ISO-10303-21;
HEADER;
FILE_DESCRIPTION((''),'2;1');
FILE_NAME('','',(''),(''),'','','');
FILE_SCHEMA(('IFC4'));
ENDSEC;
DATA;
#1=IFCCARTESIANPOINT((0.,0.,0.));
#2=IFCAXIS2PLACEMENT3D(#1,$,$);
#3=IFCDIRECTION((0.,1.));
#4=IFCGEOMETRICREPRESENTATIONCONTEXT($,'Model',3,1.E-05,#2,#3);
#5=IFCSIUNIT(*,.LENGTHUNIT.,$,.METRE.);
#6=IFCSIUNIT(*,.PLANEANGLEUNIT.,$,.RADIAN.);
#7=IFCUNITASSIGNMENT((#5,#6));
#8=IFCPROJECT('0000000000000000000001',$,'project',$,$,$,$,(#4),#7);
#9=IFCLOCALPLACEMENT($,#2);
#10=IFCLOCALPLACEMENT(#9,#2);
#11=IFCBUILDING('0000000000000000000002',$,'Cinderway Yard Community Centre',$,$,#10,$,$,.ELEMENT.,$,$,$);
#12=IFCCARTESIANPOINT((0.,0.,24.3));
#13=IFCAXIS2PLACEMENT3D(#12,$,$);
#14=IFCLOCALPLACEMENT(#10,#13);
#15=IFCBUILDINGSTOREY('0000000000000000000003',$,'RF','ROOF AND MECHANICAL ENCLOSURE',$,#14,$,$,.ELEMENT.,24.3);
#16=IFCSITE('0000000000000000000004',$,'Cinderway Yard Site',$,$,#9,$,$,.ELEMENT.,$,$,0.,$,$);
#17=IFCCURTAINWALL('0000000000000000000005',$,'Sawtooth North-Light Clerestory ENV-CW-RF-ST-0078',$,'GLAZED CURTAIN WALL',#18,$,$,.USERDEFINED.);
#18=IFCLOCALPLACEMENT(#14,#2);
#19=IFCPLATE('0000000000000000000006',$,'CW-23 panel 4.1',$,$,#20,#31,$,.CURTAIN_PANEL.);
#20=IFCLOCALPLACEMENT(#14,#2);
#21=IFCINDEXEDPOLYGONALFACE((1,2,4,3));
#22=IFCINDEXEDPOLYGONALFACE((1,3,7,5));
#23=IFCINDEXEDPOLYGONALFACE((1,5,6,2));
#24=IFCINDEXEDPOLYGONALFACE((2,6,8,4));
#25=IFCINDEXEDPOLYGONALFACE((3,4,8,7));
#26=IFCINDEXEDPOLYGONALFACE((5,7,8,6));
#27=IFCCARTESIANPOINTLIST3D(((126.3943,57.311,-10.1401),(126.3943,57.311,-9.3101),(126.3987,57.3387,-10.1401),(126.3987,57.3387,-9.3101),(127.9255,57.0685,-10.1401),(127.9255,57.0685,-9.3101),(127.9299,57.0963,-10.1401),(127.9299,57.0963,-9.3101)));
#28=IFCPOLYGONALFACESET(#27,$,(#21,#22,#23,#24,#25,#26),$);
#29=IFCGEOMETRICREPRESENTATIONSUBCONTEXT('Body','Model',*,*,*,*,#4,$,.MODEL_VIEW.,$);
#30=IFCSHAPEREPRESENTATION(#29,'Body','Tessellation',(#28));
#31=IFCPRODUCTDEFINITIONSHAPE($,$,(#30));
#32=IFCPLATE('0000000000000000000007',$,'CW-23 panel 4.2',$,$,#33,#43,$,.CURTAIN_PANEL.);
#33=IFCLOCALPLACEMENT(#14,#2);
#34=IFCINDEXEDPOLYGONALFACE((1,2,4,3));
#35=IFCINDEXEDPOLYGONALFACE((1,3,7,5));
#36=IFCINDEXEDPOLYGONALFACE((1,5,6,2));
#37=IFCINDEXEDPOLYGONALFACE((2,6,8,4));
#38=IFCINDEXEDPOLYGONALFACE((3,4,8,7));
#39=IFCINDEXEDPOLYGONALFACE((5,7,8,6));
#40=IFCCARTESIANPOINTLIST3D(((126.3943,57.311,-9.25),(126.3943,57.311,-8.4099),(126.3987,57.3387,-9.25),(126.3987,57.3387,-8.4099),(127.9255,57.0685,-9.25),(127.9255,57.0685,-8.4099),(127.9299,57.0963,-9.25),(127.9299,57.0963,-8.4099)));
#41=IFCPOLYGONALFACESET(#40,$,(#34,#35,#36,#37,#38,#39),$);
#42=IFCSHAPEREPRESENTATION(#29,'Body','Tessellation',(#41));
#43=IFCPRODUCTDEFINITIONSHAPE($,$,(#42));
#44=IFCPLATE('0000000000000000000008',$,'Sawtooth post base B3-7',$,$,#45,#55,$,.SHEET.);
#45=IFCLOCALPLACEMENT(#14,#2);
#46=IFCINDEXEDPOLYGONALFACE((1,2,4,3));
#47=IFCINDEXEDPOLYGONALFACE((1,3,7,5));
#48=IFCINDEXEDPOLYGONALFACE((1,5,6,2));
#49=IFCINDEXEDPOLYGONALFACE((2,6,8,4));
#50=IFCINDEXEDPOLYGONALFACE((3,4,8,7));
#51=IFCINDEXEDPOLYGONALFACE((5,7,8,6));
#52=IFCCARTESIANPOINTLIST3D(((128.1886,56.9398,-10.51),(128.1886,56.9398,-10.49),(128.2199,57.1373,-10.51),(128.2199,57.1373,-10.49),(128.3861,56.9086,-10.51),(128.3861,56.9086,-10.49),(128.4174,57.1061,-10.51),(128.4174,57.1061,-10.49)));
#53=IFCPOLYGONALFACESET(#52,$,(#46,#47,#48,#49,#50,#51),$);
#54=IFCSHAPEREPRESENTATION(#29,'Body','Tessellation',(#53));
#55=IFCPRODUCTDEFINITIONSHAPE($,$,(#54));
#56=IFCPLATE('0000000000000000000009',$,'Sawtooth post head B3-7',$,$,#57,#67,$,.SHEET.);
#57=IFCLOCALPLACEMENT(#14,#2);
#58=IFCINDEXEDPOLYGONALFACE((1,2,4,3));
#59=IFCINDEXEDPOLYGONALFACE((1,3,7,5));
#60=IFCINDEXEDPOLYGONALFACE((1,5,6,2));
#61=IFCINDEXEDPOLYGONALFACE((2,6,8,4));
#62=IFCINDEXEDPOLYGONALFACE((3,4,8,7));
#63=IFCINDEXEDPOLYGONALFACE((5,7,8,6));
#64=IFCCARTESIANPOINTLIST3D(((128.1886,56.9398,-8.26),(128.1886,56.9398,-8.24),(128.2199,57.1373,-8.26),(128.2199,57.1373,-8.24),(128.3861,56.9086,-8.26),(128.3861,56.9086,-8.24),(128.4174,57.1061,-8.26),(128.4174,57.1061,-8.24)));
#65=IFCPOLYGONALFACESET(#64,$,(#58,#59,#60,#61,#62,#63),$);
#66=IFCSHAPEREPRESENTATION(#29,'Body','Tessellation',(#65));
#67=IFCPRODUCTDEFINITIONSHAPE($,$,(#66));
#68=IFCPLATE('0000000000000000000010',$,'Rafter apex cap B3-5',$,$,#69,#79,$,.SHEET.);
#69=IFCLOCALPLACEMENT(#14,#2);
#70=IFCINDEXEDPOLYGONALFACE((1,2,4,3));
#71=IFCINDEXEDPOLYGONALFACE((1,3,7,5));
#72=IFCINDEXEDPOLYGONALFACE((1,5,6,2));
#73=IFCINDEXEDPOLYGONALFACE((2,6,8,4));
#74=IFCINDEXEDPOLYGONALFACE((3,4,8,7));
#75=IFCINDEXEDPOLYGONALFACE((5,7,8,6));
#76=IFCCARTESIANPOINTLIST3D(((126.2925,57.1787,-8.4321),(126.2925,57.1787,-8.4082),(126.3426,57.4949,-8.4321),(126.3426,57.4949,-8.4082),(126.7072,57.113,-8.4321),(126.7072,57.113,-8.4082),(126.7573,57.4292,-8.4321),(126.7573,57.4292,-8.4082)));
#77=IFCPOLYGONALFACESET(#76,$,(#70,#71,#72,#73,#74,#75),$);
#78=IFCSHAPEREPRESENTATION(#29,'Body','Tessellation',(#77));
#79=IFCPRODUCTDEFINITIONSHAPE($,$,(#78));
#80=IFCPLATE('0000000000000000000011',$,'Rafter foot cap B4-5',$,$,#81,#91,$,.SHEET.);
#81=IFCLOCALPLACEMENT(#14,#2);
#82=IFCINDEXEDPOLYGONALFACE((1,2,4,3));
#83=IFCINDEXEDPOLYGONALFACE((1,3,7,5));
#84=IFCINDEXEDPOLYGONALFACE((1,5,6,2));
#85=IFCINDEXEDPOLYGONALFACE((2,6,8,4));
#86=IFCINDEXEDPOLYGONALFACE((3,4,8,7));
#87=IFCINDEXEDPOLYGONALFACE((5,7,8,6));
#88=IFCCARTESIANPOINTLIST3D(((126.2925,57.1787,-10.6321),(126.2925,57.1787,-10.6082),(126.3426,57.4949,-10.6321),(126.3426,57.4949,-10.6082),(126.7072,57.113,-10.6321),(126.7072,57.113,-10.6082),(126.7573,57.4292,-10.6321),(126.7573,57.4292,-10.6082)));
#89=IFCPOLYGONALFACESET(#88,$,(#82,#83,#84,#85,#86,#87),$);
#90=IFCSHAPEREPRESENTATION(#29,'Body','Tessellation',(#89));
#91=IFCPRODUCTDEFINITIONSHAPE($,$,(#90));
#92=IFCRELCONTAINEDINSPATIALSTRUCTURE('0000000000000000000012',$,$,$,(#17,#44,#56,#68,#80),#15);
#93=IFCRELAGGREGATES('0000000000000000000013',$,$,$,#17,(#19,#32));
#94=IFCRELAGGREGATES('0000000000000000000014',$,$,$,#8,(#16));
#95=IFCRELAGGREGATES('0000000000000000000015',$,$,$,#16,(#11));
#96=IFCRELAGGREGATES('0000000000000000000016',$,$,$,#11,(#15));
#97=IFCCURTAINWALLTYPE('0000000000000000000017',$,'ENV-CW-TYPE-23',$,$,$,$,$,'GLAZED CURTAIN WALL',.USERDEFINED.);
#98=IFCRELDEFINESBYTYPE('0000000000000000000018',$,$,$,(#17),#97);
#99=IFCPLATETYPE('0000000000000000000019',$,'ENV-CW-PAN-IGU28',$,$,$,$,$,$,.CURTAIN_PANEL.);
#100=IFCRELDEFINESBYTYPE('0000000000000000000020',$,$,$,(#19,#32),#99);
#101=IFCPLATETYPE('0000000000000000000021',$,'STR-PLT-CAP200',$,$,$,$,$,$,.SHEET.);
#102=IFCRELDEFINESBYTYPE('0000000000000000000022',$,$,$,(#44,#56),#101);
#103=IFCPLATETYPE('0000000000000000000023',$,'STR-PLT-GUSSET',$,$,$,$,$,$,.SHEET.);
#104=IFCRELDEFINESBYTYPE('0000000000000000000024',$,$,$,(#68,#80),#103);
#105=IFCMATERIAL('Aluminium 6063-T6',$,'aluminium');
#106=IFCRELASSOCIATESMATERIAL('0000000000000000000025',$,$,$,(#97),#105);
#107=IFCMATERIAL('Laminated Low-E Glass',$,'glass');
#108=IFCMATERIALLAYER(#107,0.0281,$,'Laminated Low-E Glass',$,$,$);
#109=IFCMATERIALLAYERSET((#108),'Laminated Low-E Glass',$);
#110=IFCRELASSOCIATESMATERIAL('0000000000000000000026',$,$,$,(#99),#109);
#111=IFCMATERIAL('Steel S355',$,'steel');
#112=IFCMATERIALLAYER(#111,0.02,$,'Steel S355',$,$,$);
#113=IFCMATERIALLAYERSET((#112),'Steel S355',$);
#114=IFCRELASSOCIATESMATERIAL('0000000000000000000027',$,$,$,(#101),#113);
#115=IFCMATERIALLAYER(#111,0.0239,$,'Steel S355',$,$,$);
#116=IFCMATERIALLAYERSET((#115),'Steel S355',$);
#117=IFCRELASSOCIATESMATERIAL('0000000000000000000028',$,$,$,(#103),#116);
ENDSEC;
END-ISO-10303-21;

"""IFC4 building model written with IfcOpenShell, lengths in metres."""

from ifc_helpers import new_model, si_unit, direction, frame, origin, origin_2d, place, context, subcontext, project, spatial, rectangle, extrude, material, layer, layer_set, type_object, element, aggregate, save


model = new_model("IFC4")

# Units and contexts
model_context = context("Model", 3, precision=1e-05, world=origin(), true_north=direction((0.0, 1.0)))
body_context = subcontext(model_context, "Body", "Model", "MODEL_VIEW")
ifc_project = project(units=[si_unit("LENGTHUNIT", "METRE"), si_unit("PLANEANGLEUNIT", "RADIAN")], contexts=[model_context])

# Site, building, storey
site_placement = place(None, origin())
site = spatial("IfcSite", under=ifc_project, at=site_placement, Name="Cinderway Yard Site", CompositionType="ELEMENT", RefElevation=0.0)
building_placement = place(site_placement, origin())
building = spatial("IfcBuilding", under=site, at=building_placement, Name="Cinderway Yard Community Centre", CompositionType="ELEMENT")
storey_placement = place(building_placement, frame((0.0, 0.0, 24.3)))
storey = spatial("IfcBuildingStorey", under=building, at=storey_placement, Name="RF", Description="ROOF AND MECHANICAL ENCLOSURE", CompositionType="ELEMENT", Elevation=24.3)

# Curtain wall
ifc_material_1 = material(Name="Aluminium 6063-T6", Category="aluminium")
curtain_wall_type = type_object("IfcCurtainWallType", Name="ENV-CW-TYPE-23", ElementType="GLAZED CURTAIN WALL", PredefinedType="USERDEFINED", material=ifc_material_1)
curtain_wall_1_placement = place(storey_placement, origin())
curtain_wall_1 = element("IfcCurtainWall", 1, at=curtain_wall_1_placement, inside=storey, type_object=curtain_wall_type, Name="Sawtooth North-Light Clerestory ENV-CW-RF-ST-0078", ObjectType="GLAZED CURTAIN WALL", PredefinedType="USERDEFINED")

# Shared definitions
ifc_material_2 = material(Name="Steel S355", Category="steel")

# Plates
ifc_material_3 = material(Name="Laminated Low-E Glass", Category="glass")
ifc_layer_1 = layer(ifc_material_3, 0.0281, Name="Laminated Low-E Glass")
ifc_layer_set_1 = layer_set([ifc_layer_1], Name="Laminated Low-E Glass")
plate_type_1 = type_object("IfcPlateType", Name="ENV-CW-PAN-IGU28", PredefinedType="CURTAIN_PANEL", material=ifc_layer_set_1)
plate_1_placement = place(storey_placement, frame((127.1621, 57.2036, -10.1401), z_axis=(0.0, 0.0, 1.0), x_axis=(0.987696, -0.156385, 0.0)))
plate_1 = element("IfcPlate", 2, at=plate_1_placement, type_object=plate_type_1, Name="CW-23 panel 4.1", PredefinedType="CURTAIN_PANEL", context=body_context, shape_type="SweptSolid", body=[
    extrude(rectangle(XDim=1.5503, YDim=0.0281, at=origin_2d()), origin(), (0.0, 0.0, 1.0), 0.8301),
])
plate_2_placement = place(storey_placement, frame((127.1621, 57.2036, -9.25), z_axis=(0.0, 0.0, 1.0), x_axis=(0.987696, -0.156385, 0.0)))
plate_2 = element("IfcPlate", 3, at=plate_2_placement, type_object=plate_type_1, Name="CW-23 panel 4.2", PredefinedType="CURTAIN_PANEL", context=body_context, shape_type="SweptSolid", body=[
    extrude(rectangle(XDim=1.5503, YDim=0.0281, at=origin_2d()), origin(), (0.0, 0.0, 1.0), 0.8401),
])
aggregate(curtain_wall_1, [plate_1, plate_2])

# Plates
ifc_layer_2 = layer(ifc_material_2, 0.02, Name="Steel S355")
ifc_layer_set_2 = layer_set([ifc_layer_2], Name="Steel S355")
plate_type_2 = type_object("IfcPlateType", Name="STR-PLT-CAP200", PredefinedType="SHEET", material=ifc_layer_set_2)
for number, where, z_axis, x_axis, name in (
    (4, (128.303, 57.0229, -10.51), (0.0, 0.0, 1.0), (0.987688, -0.156434, 0.0), "Sawtooth post base B3-7"),
    (5, (128.303, 57.0229, -8.26), (0.0, 0.0, 1.0), (0.987688, -0.156434, 0.0), "Sawtooth post head B3-7"),
):
    element("IfcPlate", number, at=place(storey_placement, frame(where, z_axis=z_axis, x_axis=x_axis)), inside=storey, type_object=plate_type_2, Name=name, PredefinedType="SHEET", context=body_context, shape_type="SweptSolid", body=[
        extrude(rectangle(XDim=0.2, YDim=0.2, at=origin_2d()), origin(), (0.0, 0.0, 1.0), 0.02),
    ])
ifc_layer_3 = layer(ifc_material_2, 0.0239, Name="Steel S355")
ifc_layer_set_3 = layer_set([ifc_layer_3], Name="Steel S355")
plate_type_3 = type_object("IfcPlateType", Name="STR-PLT-GUSSET", PredefinedType="SHEET", material=ifc_layer_set_3)
for number, where, z_axis, x_axis, name in (
    (6, (126.5249, 57.304, -8.4321), (0.0, 0.0, 1.0), (0.987688, -0.156434, 0.0), "Rafter apex cap B3-5"),
    (7, (126.5249, 57.304, -10.6321), (0.0, 0.0, 1.0), (0.987688, -0.156434, 0.0), "Rafter foot cap B4-5"),
):
    element("IfcPlate", number, at=place(storey_placement, frame(where, z_axis=z_axis, x_axis=x_axis)), inside=storey, type_object=plate_type_3, Name=name, PredefinedType="SHEET", context=body_context, shape_type="SweptSolid", body=[
        extrude(rectangle(XDim=0.4199, YDim=0.3201, at=origin_2d()), origin(), (0.0, 0.0, 1.0), 0.0239),
    ])

save(model, "model.ifc")
